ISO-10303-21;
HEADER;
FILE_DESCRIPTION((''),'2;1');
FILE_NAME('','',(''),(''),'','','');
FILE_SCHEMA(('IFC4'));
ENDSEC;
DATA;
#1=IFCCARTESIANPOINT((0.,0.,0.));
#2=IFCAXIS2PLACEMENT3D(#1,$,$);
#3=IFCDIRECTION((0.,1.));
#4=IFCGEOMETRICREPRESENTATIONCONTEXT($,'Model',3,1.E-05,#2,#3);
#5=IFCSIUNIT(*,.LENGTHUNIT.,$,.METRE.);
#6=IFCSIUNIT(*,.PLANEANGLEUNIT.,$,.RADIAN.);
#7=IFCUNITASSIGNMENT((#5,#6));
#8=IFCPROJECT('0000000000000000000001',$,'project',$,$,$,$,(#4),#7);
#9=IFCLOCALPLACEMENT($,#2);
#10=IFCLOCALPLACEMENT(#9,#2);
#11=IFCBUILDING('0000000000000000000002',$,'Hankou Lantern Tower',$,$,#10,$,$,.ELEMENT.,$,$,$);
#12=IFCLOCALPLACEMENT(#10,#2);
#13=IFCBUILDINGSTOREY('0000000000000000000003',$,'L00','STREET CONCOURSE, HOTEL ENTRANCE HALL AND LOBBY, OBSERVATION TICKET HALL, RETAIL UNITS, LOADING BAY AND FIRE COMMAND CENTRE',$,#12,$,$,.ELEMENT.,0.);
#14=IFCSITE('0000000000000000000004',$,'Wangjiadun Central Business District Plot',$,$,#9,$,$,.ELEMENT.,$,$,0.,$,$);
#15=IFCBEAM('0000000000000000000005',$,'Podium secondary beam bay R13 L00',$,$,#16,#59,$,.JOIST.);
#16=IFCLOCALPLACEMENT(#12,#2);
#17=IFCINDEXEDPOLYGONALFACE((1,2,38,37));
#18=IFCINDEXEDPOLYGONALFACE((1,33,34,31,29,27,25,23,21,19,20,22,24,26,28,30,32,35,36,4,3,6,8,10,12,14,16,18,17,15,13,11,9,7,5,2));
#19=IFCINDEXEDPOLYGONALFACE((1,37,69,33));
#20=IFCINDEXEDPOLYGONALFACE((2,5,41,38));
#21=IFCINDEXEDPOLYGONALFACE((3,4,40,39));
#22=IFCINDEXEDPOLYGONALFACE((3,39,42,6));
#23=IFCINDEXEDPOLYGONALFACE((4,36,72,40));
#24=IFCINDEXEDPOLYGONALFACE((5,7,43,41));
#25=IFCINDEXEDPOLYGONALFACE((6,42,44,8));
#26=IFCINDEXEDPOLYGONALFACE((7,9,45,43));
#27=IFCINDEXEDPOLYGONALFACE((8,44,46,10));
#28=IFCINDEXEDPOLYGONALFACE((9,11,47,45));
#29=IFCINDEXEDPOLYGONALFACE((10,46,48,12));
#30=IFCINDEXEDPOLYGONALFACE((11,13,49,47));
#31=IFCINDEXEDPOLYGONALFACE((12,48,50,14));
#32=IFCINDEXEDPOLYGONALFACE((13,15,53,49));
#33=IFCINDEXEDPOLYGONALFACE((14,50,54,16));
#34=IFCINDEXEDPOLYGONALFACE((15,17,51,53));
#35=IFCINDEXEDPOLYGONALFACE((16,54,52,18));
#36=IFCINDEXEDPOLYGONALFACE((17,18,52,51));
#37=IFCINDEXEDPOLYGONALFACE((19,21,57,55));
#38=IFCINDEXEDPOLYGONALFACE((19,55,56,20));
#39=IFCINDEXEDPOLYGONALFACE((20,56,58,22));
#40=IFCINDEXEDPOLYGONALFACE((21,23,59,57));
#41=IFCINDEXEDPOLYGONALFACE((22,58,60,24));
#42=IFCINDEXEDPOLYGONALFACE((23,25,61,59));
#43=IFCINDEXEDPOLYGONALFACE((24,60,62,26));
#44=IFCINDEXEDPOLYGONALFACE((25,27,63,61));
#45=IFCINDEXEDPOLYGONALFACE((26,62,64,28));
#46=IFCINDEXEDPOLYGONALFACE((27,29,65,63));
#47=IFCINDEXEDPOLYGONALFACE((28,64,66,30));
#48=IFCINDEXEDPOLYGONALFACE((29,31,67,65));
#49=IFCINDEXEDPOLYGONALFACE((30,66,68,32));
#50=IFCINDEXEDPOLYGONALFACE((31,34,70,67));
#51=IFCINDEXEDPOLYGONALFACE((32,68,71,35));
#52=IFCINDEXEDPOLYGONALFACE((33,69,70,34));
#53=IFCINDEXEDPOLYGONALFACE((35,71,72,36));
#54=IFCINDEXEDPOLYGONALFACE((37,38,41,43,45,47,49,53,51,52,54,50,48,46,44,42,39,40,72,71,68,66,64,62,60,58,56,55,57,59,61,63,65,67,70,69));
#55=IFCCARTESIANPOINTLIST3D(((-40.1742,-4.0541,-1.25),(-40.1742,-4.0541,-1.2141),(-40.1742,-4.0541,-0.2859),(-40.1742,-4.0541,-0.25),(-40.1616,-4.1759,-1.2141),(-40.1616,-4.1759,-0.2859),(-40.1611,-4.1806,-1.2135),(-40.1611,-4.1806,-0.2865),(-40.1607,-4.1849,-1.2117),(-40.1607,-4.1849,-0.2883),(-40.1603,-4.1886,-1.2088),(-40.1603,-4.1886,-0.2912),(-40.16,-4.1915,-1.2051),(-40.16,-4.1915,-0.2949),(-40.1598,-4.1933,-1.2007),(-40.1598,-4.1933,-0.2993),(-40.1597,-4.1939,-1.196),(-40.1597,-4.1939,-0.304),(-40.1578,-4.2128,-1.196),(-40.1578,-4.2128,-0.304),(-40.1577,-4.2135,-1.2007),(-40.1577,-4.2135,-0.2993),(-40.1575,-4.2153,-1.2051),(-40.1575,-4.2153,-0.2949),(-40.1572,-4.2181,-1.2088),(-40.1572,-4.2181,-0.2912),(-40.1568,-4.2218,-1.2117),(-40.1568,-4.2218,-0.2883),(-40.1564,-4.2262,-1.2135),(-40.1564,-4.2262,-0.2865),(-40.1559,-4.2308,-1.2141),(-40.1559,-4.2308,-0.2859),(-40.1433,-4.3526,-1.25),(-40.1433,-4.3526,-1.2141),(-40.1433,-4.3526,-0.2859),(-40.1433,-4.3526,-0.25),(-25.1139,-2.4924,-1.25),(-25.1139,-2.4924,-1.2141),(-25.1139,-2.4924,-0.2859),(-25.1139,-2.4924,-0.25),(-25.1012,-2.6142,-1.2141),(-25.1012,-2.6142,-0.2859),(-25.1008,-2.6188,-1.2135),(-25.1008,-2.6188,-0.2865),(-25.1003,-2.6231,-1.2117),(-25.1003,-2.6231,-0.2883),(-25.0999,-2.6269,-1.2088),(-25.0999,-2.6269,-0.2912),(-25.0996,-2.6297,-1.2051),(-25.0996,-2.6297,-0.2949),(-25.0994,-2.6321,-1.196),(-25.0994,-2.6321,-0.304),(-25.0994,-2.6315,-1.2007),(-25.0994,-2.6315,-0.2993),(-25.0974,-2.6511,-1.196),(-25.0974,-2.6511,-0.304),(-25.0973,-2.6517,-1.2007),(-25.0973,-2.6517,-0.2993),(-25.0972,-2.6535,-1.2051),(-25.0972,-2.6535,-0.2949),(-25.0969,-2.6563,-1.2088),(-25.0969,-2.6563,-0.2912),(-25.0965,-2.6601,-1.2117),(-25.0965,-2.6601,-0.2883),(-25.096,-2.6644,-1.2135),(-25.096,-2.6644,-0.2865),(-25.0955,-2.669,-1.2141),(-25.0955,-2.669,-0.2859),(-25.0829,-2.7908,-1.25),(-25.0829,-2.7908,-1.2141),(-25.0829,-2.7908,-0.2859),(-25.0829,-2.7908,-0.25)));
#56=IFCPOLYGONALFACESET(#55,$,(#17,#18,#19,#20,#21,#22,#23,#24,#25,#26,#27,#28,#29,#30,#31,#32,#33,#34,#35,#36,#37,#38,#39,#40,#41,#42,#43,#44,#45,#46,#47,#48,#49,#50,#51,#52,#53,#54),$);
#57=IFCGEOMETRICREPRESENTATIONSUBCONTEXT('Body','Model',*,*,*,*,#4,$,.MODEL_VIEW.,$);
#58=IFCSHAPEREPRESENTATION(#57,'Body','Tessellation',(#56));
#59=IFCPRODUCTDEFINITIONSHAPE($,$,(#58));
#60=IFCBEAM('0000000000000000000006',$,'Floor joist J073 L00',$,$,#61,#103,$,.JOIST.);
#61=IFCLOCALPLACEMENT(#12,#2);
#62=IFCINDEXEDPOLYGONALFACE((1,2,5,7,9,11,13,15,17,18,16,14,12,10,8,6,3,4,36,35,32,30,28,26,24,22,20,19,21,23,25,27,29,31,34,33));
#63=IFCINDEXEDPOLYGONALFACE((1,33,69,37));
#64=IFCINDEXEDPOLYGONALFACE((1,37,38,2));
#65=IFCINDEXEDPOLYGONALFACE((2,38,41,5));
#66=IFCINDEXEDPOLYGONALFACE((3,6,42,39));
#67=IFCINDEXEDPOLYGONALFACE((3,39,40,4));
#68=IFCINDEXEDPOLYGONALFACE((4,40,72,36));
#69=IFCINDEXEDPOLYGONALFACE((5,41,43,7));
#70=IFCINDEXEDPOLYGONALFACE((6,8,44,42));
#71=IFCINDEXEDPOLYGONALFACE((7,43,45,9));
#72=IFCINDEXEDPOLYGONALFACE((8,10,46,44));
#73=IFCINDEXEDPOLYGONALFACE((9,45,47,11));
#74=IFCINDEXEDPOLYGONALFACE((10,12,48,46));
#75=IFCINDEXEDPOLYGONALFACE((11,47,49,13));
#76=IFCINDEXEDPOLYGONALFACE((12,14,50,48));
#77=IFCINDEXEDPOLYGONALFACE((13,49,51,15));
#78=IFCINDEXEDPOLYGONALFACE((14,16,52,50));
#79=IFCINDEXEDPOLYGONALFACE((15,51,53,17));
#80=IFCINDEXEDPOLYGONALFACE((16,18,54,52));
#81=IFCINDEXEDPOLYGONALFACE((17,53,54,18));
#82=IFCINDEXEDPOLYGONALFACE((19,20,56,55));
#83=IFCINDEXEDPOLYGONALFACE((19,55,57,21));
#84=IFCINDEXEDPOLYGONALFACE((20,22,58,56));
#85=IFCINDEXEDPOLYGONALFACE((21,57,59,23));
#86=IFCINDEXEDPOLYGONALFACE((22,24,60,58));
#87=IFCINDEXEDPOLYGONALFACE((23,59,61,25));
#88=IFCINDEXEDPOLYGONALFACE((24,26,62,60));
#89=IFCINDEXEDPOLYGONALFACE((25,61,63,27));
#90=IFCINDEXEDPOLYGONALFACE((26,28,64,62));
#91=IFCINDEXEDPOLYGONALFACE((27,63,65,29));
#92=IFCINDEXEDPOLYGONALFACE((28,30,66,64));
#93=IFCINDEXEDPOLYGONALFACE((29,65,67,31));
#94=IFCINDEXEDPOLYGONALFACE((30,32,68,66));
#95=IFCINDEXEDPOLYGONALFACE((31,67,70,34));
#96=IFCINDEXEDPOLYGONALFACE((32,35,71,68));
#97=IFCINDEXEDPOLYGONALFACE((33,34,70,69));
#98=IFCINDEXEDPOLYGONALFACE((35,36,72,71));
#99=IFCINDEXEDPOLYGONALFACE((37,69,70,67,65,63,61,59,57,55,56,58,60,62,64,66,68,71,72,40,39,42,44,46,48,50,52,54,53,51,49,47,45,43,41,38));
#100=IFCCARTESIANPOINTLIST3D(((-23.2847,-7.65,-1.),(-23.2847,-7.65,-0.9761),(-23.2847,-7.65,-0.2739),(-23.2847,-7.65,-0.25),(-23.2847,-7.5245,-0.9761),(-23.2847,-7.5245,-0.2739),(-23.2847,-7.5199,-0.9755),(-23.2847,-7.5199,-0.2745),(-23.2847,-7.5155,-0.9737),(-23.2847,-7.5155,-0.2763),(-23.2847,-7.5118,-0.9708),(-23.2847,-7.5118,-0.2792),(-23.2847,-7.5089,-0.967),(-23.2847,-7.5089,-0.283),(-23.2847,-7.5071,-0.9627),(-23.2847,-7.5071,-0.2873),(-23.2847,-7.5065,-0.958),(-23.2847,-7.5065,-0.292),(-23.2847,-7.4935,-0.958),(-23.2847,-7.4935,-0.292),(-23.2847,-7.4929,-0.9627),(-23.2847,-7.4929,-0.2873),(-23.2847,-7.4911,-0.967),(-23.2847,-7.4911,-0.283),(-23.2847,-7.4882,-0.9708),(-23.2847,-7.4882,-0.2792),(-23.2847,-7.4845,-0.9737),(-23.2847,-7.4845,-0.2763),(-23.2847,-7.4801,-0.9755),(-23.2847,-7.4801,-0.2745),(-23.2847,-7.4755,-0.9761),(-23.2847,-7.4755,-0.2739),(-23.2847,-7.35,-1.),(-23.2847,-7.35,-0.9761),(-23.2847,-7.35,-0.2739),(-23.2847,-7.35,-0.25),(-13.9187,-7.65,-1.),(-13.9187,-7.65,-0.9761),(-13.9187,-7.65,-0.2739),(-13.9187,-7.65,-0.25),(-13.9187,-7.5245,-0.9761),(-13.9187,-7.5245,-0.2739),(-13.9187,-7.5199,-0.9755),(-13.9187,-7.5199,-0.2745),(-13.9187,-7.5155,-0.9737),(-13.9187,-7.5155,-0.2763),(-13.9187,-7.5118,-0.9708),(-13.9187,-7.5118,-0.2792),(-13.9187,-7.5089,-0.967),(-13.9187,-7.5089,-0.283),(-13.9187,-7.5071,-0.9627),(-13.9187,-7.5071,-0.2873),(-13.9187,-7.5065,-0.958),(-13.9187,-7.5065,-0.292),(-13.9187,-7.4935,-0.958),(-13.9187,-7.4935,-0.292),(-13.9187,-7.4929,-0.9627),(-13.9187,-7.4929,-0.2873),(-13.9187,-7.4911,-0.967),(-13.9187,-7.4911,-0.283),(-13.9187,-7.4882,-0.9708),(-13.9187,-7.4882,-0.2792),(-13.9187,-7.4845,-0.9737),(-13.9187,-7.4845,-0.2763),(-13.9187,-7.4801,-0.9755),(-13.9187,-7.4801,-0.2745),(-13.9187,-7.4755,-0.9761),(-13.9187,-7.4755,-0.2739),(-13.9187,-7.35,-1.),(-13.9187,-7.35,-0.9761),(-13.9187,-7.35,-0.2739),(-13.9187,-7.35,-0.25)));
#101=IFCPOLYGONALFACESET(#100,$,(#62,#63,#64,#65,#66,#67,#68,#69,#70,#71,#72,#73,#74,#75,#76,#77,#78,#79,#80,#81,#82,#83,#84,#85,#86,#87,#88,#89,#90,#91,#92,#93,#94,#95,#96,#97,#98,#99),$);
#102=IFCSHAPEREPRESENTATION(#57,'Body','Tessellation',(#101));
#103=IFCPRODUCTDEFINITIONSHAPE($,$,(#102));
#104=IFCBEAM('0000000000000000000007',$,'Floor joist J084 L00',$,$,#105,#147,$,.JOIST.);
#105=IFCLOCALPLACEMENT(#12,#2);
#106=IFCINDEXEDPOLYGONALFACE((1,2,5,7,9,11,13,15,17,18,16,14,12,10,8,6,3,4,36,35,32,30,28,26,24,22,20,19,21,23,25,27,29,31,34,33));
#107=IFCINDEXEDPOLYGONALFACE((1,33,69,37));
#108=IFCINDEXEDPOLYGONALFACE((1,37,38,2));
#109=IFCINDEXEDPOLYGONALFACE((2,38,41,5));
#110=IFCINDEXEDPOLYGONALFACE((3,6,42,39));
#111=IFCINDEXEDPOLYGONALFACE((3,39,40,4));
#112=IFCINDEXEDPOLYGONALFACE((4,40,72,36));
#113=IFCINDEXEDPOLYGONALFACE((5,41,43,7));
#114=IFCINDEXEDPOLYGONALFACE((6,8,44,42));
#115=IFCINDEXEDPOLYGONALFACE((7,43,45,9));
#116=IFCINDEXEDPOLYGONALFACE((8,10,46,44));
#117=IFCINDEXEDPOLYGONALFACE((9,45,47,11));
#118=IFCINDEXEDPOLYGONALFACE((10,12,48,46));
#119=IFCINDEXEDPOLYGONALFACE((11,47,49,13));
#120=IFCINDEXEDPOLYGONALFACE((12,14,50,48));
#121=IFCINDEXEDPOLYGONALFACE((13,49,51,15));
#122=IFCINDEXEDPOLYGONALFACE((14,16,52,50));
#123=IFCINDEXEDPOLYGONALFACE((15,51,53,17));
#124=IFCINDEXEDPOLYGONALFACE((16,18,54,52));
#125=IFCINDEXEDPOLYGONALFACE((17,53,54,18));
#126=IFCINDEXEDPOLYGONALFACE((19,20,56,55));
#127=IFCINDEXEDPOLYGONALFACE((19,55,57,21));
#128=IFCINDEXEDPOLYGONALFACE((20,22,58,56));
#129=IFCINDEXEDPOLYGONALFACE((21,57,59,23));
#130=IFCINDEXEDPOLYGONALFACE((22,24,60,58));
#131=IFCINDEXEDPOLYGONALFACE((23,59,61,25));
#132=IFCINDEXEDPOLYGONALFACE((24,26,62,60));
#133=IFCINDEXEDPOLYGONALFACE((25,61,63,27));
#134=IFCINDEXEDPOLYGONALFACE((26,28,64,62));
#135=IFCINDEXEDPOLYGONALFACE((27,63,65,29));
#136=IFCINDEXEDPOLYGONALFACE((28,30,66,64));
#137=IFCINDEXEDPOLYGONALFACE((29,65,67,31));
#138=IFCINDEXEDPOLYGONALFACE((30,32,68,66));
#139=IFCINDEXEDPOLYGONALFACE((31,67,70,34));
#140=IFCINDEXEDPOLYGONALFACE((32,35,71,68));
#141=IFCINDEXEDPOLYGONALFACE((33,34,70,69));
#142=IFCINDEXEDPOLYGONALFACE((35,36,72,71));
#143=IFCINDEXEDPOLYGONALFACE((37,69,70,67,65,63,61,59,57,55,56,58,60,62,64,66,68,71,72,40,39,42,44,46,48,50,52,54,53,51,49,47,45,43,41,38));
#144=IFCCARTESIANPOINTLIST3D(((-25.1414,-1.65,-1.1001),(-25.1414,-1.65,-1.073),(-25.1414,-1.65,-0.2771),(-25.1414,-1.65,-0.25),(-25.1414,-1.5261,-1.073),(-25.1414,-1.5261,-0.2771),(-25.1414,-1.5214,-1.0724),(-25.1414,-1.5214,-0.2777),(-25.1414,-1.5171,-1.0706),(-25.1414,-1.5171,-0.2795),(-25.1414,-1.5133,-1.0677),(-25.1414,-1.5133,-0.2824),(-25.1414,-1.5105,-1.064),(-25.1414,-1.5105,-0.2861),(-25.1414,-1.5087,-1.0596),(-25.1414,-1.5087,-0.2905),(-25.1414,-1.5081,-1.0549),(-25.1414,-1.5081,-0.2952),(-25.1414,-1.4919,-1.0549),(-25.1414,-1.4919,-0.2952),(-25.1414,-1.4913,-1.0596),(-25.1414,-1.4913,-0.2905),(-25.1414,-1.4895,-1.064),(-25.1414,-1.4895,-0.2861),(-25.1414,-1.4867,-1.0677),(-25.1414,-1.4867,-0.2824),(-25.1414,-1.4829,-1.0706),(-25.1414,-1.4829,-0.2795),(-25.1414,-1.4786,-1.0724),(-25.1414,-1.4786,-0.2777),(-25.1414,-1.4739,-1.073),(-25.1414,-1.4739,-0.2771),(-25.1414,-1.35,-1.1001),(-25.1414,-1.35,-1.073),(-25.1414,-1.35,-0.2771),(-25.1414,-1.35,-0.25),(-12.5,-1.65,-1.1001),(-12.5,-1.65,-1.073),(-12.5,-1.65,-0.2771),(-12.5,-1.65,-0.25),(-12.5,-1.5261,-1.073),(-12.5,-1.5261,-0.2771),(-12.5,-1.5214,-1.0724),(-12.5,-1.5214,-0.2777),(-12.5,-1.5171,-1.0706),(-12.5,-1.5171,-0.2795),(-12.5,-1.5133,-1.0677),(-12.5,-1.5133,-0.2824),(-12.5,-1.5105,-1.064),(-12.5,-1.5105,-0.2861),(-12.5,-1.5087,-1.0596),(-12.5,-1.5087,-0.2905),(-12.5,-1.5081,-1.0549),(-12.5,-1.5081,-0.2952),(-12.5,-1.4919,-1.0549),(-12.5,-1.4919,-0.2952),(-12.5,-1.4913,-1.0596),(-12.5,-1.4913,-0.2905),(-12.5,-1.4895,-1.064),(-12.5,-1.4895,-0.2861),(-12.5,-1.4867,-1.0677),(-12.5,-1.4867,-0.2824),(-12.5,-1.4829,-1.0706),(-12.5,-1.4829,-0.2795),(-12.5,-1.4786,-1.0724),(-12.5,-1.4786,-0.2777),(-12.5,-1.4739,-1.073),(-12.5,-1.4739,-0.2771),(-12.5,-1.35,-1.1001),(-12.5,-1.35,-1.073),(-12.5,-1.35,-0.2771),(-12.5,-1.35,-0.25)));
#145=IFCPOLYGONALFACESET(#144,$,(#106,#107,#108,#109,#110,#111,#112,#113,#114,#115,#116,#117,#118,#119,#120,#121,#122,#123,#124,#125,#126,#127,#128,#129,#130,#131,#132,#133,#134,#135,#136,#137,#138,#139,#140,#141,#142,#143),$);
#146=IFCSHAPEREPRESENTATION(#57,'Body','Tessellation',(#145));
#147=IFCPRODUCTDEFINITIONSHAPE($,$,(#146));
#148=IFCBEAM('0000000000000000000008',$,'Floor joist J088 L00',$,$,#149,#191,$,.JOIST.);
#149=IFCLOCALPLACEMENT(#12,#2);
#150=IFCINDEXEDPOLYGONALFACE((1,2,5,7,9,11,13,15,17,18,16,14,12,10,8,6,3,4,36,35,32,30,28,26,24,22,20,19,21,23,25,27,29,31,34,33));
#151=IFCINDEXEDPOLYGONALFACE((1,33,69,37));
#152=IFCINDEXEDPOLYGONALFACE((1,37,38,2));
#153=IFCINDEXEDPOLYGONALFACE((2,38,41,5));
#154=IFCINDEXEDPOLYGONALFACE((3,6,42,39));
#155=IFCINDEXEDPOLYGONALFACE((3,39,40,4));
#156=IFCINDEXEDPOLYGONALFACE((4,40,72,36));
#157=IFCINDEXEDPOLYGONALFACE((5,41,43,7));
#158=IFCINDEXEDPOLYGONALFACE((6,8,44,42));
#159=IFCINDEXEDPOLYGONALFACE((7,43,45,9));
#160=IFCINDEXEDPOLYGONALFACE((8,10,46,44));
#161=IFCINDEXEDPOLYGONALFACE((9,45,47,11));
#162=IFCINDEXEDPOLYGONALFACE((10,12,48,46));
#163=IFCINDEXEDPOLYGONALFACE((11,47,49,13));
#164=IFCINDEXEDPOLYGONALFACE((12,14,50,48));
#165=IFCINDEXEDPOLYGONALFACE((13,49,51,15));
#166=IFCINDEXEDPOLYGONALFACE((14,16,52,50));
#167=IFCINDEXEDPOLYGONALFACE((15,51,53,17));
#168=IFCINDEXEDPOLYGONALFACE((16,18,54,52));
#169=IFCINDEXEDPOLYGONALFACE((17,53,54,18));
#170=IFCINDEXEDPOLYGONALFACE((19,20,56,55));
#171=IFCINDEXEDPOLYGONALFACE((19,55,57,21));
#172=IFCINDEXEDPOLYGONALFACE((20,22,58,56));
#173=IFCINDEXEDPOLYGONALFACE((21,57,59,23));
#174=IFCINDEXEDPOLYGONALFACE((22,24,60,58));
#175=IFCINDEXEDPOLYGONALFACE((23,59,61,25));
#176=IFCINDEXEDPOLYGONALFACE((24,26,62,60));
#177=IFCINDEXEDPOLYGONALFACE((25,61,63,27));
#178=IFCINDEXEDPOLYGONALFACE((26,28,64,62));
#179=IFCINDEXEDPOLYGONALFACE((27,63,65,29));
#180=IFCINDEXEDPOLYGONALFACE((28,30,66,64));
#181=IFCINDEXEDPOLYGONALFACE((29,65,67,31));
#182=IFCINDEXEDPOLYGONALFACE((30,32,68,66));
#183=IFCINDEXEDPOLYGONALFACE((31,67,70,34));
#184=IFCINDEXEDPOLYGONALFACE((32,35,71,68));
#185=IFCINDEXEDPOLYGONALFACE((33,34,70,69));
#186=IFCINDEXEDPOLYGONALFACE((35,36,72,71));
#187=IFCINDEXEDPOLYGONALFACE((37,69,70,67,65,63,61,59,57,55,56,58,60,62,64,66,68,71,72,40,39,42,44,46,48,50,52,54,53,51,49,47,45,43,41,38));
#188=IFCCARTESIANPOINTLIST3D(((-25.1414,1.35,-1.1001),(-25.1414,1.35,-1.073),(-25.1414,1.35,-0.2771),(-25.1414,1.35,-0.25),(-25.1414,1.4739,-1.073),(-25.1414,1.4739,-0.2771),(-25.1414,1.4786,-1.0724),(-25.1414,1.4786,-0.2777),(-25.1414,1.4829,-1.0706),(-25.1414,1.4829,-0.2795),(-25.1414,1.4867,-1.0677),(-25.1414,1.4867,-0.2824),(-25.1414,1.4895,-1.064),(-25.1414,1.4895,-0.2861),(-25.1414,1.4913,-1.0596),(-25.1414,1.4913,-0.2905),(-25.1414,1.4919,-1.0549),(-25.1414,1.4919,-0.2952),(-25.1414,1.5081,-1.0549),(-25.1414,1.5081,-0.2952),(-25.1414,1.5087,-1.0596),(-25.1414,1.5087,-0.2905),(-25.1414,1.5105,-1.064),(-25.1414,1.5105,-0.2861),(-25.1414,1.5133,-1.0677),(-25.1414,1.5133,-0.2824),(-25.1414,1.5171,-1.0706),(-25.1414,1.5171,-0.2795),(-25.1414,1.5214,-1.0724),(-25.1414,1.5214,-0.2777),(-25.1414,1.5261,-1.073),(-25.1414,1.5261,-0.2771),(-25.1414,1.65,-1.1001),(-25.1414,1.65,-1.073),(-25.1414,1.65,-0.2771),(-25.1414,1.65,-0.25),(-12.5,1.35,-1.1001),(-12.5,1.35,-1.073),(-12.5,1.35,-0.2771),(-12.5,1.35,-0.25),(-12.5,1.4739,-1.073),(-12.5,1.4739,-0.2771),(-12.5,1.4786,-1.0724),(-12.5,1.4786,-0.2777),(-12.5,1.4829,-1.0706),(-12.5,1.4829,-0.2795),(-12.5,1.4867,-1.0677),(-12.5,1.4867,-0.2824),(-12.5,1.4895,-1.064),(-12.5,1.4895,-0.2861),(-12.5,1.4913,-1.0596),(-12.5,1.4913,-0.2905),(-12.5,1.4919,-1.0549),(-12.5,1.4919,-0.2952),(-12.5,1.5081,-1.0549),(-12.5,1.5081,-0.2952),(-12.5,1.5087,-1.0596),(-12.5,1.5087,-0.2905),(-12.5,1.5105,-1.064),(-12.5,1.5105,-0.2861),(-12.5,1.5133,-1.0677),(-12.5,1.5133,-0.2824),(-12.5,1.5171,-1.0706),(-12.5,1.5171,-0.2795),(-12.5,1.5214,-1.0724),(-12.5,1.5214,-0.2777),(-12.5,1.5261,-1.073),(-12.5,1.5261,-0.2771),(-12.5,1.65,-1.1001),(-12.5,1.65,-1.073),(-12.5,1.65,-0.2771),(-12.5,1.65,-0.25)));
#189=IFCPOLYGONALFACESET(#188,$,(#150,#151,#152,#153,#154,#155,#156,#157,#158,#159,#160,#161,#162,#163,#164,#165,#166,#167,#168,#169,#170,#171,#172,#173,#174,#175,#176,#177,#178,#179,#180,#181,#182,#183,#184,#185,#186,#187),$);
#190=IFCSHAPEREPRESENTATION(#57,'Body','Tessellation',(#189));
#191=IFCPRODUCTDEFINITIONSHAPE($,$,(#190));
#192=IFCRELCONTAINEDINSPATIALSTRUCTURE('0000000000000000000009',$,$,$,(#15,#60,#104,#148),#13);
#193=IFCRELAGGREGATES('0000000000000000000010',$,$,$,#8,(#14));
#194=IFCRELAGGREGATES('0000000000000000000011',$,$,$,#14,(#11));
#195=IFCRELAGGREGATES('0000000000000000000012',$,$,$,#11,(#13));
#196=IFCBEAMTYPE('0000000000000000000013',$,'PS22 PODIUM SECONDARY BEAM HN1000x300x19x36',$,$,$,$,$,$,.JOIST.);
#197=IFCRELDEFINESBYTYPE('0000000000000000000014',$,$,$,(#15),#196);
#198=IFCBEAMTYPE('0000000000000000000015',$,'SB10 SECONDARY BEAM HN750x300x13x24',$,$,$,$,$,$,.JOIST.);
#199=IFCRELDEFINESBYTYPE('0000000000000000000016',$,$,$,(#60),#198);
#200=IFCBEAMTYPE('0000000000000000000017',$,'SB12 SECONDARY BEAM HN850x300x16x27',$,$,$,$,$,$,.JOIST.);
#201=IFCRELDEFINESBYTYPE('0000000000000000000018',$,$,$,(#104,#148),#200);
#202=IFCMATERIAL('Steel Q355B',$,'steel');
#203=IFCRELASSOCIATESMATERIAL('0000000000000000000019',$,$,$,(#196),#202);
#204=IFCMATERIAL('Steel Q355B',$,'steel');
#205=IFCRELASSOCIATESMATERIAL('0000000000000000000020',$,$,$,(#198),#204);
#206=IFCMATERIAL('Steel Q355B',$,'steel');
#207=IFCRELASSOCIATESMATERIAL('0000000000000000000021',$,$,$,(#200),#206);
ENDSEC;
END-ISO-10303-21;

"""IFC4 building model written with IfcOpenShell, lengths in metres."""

from ifc_helpers import new_model, si_unit, direction, frame, origin, origin_2d, place, context, subcontext, project, spatial, i_section, extrude, material, material_profile, profile_set, type_object, element, save


model = new_model("IFC4")

# Units and contexts
model_context = context("Model", 3, precision=1e-05, world=origin(), true_north=direction((0.0, 1.0)))
body_context = subcontext(model_context, "Body", "Model", "MODEL_VIEW")
ifc_project = project(units=[si_unit("LENGTHUNIT", "METRE"), si_unit("PLANEANGLEUNIT", "RADIAN")], contexts=[model_context])

# Site, building, storey
site_placement = place(None, origin())
site = spatial("IfcSite", under=ifc_project, at=site_placement, Name="Wangjiadun Central Business District Plot", CompositionType="ELEMENT", RefElevation=0.0)
building_placement = place(site_placement, origin())
building = spatial("IfcBuilding", under=site, at=building_placement, Name="Hankou Lantern Tower", CompositionType="ELEMENT")
storey_placement = place(building_placement, origin())
storey = spatial("IfcBuildingStorey", under=building, at=storey_placement, Name="L00", Description="STREET CONCOURSE, HOTEL ENTRANCE HALL AND LOBBY, OBSERVATION TICKET HALL, RETAIL UNITS, LOADING BAY AND FIRE COMMAND CENTRE", CompositionType="ELEMENT", Elevation=0.0)

# Beams
ifc_material_1 = material(Name="Steel Q355B", Category="steel")
ifc_material_profile_1 = material_profile(ifc_material_1, i_section(OverallWidth=0.3, OverallDepth=1.0, WebThickness=0.019, FlangeThickness=0.0359, FilletRadius=0.0181, at=origin_2d()), Name="HN1000x300x19x36")
ifc_profile_set_1 = profile_set([ifc_material_profile_1], Name="Steel Q355B")
beam_type_1 = type_object("IfcBeamType", Name="PS22 PODIUM SECONDARY BEAM HN1000x300x19x36", PredefinedType="JOIST", material=ifc_profile_set_1)
for number, where, z_axis, x_axis, name in (
    (1, (-25.0984, -2.6416, -0.75), (-0.994666, -0.103148, 0.0), (0.103148, -0.994666, 0.0), "Podium secondary beam bay R13 L00"),
):
    element("IfcBeam", number, at=place(storey_placement, frame(where, z_axis=z_axis, x_axis=x_axis)), inside=storey, type_object=beam_type_1, Name=name, PredefinedType="JOIST", context=body_context, shape_type="SweptSolid", body=[
        extrude(i_section(OverallWidth=0.3, OverallDepth=1.0, WebThickness=0.019, FlangeThickness=0.0359, FilletRadius=0.0181, at=origin_2d()), origin(), (0.0, 0.0, 1.0), 15.1411),
    ])
ifc_material_2 = material(Name="Steel Q355B", Category="steel")
ifc_material_profile_2 = material_profile(ifc_material_2, i_section(OverallWidth=0.3, OverallDepth=0.75, WebThickness=0.0129, FlangeThickness=0.0239, FilletRadius=0.0181, at=origin_2d()), Name="HN750x300x13x24")
ifc_profile_set_2 = profile_set([ifc_material_profile_2], Name="Steel Q355B")
beam_type_2 = type_object("IfcBeamType", Name="SB10 SECONDARY BEAM HN750x300x13x24", PredefinedType="JOIST", material=ifc_profile_set_2)
beam_1_placement = place(storey_placement, frame((-23.2847, -7.5, -0.625), z_axis=(1.0, 0.0, 0.0), x_axis=(0.0, 1.0, 0.0)))
element("IfcBeam", 2, at=beam_1_placement, inside=storey, type_object=beam_type_2, Name="Floor joist J073 L00", PredefinedType="JOIST", context=body_context, shape_type="SweptSolid", body=[
    extrude(i_section(OverallWidth=0.3, OverallDepth=0.75, WebThickness=0.0129, FlangeThickness=0.0239, FilletRadius=0.0181, at=origin_2d()), origin(), (0.0, 0.0, 1.0), 9.366),
])
ifc_material_3 = material(Name="Steel Q355B", Category="steel")
ifc_material_profile_3 = material_profile(ifc_material_3, i_section(OverallWidth=0.3, OverallDepth=0.8501, WebThickness=0.0161, FlangeThickness=0.0271, FilletRadius=0.0181, at=origin_2d()), Name="HN850x300x16x27")
ifc_profile_set_3 = profile_set([ifc_material_profile_3], Name="Steel Q355B")
beam_type_3 = type_object("IfcBeamType", Name="SB12 SECONDARY BEAM HN850x300x16x27", PredefinedType="JOIST", material=ifc_profile_set_3)
for number, where, z_axis, x_axis, name in (
    (3, (-25.1414, -1.5, -0.675), (1.0, 0.0, 0.0), (0.0, 1.0, 0.0), "Floor joist J084 L00"),
    (4, (-25.1414, 1.5, -0.675), (1.0, 0.0, 0.0), (0.0, 1.0, 0.0), "Floor joist J088 L00"),
):
    element("IfcBeam", number, at=place(storey_placement, frame(where, z_axis=z_axis, x_axis=x_axis)), inside=storey, type_object=beam_type_3, Name=name, PredefinedType="JOIST", context=body_context, shape_type="SweptSolid", body=[
        extrude(i_section(OverallWidth=0.3, OverallDepth=0.8501, WebThickness=0.0161, FlangeThickness=0.0271, FilletRadius=0.0181, at=origin_2d()), origin(), (0.0, 0.0, 1.0), 12.6414),
    ])

save(model, "model.ifc")
